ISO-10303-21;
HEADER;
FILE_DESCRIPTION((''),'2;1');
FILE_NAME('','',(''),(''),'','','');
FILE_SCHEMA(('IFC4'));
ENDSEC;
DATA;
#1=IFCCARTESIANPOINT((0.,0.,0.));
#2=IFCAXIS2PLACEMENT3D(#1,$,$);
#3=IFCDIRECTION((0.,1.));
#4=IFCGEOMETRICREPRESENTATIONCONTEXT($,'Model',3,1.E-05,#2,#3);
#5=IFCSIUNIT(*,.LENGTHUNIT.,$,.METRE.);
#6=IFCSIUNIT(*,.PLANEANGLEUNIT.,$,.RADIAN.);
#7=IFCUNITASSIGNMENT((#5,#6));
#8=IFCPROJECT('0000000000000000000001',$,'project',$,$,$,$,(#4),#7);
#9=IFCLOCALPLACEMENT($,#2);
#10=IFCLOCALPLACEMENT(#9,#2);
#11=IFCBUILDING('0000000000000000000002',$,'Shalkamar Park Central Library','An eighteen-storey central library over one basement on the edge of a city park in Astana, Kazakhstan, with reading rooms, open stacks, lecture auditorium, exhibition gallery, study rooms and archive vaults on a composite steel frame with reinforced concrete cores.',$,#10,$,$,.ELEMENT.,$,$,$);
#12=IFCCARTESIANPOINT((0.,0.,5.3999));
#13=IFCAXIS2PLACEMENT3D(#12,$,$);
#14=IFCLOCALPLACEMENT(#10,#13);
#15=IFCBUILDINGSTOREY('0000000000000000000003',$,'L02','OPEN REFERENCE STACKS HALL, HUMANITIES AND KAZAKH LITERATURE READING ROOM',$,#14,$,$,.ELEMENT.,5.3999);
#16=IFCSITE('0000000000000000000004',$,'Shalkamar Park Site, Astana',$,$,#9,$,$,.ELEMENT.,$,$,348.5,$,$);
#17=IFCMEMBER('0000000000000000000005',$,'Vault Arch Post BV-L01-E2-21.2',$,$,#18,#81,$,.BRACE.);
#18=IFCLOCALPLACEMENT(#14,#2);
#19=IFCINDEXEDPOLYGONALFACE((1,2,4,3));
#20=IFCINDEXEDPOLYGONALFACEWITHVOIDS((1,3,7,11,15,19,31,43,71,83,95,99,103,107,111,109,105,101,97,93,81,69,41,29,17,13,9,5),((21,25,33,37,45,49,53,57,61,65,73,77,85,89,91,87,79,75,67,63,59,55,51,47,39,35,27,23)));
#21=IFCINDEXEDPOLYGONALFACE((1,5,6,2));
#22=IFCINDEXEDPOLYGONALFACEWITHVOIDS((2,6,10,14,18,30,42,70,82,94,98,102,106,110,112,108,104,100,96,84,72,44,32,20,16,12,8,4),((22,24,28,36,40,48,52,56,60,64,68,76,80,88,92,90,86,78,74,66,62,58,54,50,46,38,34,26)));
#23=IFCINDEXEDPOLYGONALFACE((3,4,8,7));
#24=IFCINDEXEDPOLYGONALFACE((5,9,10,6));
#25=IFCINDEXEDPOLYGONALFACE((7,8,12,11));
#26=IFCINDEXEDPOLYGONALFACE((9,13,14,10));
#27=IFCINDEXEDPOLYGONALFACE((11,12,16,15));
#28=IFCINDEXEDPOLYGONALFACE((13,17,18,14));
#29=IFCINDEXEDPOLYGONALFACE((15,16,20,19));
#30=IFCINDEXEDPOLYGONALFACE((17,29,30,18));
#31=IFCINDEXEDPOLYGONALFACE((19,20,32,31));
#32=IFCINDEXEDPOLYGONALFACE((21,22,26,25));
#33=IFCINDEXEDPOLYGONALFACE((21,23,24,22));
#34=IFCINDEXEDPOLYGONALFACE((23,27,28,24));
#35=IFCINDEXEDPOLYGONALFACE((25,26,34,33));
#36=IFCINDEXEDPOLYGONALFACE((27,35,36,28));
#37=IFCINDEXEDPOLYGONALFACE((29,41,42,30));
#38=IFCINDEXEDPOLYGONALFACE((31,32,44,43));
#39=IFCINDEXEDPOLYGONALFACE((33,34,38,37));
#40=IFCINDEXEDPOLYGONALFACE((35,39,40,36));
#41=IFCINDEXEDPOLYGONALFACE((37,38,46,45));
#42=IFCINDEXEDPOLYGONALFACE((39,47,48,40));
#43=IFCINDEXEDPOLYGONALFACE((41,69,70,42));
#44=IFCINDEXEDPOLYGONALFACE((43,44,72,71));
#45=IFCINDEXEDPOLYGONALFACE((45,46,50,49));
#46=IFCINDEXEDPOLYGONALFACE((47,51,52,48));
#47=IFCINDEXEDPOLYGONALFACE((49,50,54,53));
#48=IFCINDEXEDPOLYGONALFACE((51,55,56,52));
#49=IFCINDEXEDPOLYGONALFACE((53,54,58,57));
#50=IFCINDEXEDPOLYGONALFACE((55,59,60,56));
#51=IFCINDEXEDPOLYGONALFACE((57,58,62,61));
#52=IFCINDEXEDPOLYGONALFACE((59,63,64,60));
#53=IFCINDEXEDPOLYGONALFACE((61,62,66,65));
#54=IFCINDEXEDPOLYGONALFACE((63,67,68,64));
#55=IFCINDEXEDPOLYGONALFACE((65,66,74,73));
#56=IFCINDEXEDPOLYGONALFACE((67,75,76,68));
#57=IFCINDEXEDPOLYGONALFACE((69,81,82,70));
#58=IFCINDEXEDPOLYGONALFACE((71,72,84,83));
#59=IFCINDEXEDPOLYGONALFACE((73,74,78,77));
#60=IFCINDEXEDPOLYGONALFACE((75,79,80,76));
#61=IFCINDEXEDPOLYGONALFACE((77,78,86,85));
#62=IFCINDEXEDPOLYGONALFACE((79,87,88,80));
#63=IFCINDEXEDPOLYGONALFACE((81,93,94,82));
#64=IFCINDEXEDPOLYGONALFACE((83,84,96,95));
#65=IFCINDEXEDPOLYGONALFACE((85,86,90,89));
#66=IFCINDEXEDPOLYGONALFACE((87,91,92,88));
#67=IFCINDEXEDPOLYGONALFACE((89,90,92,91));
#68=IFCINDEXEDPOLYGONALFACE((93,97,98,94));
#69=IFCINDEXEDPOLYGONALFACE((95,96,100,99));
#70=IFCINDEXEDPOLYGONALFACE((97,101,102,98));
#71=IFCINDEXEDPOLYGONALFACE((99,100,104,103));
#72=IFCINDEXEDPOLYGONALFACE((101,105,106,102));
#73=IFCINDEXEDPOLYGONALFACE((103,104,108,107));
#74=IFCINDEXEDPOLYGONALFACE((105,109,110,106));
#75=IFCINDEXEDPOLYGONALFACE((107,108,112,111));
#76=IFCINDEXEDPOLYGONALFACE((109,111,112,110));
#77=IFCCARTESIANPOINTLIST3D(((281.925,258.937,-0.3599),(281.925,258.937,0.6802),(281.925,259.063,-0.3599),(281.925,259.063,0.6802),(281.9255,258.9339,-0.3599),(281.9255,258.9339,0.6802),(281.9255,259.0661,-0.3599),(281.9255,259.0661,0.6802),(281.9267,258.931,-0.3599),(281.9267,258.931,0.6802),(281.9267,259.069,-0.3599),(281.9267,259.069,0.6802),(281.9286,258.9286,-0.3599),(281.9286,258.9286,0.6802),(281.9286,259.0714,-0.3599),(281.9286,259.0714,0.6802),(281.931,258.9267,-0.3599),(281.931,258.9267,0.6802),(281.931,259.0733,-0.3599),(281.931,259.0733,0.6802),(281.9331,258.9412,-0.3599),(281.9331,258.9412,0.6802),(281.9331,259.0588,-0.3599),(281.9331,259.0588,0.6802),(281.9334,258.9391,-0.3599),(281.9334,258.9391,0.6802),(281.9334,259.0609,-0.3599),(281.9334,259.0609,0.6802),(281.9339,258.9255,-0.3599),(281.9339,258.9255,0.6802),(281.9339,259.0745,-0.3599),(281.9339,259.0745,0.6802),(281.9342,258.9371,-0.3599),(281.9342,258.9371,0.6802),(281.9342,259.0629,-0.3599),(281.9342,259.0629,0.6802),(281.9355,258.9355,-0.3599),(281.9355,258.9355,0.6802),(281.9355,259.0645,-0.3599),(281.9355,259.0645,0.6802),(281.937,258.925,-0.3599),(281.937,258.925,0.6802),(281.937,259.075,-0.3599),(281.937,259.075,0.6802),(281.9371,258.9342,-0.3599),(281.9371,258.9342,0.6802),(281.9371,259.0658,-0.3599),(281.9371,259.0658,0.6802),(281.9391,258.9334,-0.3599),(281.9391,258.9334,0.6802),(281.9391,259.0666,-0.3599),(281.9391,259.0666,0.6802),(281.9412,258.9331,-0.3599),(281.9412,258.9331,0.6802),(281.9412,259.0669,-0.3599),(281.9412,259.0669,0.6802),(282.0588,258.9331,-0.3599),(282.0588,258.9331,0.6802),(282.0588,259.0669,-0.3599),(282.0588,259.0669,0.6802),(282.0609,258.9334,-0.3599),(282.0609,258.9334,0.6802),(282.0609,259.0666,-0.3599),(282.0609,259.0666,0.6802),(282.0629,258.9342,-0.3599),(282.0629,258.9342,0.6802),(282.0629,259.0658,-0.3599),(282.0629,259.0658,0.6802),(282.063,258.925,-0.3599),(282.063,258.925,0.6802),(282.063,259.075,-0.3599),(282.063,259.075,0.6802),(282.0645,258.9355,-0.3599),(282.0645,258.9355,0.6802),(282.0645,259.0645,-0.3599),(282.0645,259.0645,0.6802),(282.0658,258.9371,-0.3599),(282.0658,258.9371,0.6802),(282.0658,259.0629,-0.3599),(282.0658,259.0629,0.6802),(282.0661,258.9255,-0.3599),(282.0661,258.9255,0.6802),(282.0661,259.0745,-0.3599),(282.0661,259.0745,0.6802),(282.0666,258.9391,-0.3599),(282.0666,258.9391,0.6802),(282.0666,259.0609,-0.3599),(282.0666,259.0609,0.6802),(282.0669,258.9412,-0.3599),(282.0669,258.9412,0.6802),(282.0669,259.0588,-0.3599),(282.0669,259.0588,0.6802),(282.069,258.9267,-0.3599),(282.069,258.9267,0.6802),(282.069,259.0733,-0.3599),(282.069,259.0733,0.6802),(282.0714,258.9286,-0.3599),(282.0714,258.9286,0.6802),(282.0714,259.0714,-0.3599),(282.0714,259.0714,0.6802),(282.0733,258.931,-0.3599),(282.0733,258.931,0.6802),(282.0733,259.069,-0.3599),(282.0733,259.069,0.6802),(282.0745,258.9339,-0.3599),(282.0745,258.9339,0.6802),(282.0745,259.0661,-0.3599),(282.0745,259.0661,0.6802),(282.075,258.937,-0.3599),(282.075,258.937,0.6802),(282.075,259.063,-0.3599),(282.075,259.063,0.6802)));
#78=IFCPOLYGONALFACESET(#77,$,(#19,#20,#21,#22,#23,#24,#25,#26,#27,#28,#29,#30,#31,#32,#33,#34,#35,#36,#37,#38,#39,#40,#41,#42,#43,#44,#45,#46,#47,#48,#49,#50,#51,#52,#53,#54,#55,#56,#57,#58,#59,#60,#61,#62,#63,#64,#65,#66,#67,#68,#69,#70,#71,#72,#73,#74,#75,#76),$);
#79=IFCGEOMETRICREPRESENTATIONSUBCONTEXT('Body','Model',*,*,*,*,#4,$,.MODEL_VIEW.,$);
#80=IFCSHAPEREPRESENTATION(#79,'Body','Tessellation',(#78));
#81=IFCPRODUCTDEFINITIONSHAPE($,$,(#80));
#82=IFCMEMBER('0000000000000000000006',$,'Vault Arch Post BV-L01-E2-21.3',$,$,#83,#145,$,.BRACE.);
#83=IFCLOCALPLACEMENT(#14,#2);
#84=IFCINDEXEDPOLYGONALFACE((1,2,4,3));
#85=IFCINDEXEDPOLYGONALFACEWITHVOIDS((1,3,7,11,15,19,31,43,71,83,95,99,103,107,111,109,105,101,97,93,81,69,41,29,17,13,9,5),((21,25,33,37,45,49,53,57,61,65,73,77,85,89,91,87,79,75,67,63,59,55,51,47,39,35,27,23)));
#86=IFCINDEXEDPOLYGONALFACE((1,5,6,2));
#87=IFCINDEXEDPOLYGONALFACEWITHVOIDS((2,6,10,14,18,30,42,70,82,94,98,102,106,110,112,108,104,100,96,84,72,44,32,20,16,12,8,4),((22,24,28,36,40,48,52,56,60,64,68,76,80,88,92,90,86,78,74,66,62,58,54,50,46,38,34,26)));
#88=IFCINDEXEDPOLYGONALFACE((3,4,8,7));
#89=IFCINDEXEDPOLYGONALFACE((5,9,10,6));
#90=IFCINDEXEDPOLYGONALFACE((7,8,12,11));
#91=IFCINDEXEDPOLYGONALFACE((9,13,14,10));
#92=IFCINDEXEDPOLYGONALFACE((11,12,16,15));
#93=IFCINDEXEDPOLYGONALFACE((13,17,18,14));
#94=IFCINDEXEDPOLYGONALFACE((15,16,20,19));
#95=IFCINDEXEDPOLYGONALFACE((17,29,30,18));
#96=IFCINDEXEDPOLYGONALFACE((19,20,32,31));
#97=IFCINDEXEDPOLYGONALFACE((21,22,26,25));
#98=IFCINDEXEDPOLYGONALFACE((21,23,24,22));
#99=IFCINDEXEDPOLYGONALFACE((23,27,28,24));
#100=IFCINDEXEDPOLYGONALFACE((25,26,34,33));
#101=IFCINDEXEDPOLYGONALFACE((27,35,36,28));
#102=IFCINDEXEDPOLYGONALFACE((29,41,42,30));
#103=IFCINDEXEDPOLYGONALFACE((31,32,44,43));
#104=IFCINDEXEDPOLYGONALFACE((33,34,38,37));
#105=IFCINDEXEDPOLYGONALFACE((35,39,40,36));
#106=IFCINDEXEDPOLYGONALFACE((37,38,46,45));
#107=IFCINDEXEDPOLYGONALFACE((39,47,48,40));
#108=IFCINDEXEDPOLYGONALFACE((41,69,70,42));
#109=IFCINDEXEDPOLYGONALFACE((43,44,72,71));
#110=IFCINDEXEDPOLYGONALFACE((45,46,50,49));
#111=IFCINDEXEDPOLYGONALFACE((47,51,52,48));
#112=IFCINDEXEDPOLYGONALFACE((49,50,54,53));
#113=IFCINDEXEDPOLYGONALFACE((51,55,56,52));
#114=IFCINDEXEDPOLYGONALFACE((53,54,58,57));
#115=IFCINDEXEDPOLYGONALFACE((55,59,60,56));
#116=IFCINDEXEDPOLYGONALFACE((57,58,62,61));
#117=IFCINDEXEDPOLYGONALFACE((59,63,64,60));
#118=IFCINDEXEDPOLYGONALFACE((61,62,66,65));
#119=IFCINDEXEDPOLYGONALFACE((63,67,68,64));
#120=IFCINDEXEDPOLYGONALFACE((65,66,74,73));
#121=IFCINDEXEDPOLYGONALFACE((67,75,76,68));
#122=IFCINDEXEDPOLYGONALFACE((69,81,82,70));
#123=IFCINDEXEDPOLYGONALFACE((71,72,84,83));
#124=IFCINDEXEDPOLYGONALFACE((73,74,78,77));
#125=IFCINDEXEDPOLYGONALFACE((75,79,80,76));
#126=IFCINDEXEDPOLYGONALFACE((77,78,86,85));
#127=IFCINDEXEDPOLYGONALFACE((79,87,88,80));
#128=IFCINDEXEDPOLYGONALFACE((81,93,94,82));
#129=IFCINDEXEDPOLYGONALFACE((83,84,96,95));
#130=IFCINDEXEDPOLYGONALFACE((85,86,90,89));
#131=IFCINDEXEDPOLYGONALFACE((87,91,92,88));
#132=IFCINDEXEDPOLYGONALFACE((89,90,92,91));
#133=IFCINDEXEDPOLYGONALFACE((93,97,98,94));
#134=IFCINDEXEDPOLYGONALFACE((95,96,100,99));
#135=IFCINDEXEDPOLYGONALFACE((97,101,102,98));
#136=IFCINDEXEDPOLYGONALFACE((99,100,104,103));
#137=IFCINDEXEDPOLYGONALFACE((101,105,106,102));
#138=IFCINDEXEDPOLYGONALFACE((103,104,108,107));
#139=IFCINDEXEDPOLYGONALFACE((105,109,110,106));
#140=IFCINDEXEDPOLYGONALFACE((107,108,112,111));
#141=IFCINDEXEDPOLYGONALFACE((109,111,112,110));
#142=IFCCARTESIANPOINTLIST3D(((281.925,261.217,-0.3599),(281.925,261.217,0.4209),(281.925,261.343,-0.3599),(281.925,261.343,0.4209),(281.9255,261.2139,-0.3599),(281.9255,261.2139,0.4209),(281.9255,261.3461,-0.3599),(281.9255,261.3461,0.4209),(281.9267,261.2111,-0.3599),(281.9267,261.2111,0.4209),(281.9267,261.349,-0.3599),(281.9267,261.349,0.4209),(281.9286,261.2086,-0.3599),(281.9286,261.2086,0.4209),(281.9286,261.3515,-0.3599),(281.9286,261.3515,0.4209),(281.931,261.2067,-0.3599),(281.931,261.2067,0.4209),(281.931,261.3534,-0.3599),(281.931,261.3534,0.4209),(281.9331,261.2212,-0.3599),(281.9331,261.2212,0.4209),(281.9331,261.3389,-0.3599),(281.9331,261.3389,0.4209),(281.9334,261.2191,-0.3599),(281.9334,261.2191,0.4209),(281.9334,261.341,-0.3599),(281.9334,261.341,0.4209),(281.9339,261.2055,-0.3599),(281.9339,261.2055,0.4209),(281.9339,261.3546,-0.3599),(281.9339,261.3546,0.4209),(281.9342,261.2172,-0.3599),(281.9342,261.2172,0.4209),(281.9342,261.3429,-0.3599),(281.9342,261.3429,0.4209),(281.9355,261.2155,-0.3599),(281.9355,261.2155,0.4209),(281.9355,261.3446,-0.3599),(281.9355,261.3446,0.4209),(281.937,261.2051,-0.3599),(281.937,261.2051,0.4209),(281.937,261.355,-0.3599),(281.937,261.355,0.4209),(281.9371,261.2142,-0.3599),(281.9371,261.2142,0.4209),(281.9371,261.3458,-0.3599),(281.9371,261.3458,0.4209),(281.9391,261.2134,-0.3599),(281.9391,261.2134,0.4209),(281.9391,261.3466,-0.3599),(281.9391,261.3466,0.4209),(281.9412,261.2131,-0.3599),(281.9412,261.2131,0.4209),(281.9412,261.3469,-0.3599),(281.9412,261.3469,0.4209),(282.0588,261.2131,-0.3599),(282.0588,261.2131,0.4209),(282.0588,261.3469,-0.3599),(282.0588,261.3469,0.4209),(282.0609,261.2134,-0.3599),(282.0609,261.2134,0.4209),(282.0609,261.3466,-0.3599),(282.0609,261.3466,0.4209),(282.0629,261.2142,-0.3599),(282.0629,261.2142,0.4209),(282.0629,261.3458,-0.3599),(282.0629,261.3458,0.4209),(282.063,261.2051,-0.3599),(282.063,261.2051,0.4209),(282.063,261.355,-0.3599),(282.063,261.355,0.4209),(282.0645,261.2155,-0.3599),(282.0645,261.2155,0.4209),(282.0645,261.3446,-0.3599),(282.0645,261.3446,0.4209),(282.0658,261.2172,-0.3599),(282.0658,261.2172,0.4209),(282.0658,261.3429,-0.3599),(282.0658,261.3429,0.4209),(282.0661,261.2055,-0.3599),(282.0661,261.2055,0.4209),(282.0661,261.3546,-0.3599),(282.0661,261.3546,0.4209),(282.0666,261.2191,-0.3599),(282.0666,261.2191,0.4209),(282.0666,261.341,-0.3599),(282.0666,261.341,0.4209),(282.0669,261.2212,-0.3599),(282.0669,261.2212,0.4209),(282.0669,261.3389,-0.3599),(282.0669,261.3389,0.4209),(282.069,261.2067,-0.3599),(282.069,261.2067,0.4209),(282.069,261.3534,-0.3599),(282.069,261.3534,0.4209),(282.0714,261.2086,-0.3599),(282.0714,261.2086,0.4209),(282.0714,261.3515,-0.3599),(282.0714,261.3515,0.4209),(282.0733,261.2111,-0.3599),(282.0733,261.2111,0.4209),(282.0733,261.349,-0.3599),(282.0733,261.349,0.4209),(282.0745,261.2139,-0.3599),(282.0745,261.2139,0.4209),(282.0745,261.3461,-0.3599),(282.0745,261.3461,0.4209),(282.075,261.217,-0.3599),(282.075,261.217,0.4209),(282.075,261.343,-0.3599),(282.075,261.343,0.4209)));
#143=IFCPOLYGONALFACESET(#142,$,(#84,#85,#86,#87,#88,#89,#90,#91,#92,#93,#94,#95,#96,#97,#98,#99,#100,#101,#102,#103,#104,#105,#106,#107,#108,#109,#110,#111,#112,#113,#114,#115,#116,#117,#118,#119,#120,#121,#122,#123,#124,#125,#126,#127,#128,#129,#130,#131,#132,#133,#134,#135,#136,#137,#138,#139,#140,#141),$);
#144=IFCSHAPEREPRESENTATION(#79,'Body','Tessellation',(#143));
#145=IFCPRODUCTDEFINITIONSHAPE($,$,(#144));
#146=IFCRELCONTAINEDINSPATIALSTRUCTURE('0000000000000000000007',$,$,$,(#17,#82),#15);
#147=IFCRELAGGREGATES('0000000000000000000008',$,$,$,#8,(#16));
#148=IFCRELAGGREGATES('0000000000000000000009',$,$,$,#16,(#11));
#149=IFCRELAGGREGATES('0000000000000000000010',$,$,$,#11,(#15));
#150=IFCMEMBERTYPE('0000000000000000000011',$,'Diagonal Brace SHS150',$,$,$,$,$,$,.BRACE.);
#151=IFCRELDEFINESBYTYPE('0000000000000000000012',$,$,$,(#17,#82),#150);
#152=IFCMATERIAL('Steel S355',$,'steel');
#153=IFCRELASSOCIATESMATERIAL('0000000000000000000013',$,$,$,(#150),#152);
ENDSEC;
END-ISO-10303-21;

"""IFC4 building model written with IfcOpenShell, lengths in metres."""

from ifc_helpers import new_model, si_unit, direction, frame, origin, origin_2d, place, context, subcontext, project, spatial, hollow_rectangle, extrude, material, material_profile, profile_set, type_object, element, save


model = new_model("IFC4")

# Units and contexts
model_context = context("Model", 3, precision=1e-05, world=origin(), true_north=direction((0.0, 1.0)))
body_context = subcontext(model_context, "Body", "Model", "MODEL_VIEW")
ifc_project = project(units=[si_unit("LENGTHUNIT", "METRE"), si_unit("PLANEANGLEUNIT", "RADIAN")], contexts=[model_context])

# Site, building, storey
site_placement = place(None, origin())
site = spatial("IfcSite", under=ifc_project, at=site_placement, Name="Shalkamar Park Site, Astana", CompositionType="ELEMENT", RefElevation=348.5)
building_placement = place(site_placement, origin())
building = spatial("IfcBuilding", under=site, at=building_placement, Name="Shalkamar Park Central Library", Description="An eighteen-storey central library over one basement on the edge of a city park in Astana, Kazakhstan, with reading rooms, open stacks, lecture auditorium, exhibition gallery, study rooms and archive vaults on a composite steel frame with reinforced concrete cores.", CompositionType="ELEMENT")
storey_placement = place(building_placement, frame((0.0, 0.0, 5.3999)))
storey = spatial("IfcBuildingStorey", under=building, at=storey_placement, Name="L02", Description="OPEN REFERENCE STACKS HALL, HUMANITIES AND KAZAKH LITERATURE READING ROOM", CompositionType="ELEMENT", Elevation=5.3999)

# Shared definitions
ifc_material_1 = material(Name="Steel S355", Category="steel")

# Members
ifc_material_profile_1 = material_profile(ifc_material_1, hollow_rectangle(XDim=0.1499, YDim=0.1499, WallThickness=0.0081, InnerFilletRadius=0.0081, OuterFilletRadius=0.012, at=origin_2d()), Name="SHS 150x150x8")
ifc_profile_set_1 = profile_set([ifc_material_profile_1], Name="Steel S355")
member_type_1 = type_object("IfcMemberType", Name="Diagonal Brace SHS150", PredefinedType="BRACE", material=ifc_profile_set_1)
member_1_placement = place(storey_placement, frame((282.0, 259.0, -0.3599), z_axis=(0.0, 0.0, 1.0), x_axis=(1.0, 0.0, 0.0)))
element("IfcMember", 1, at=member_1_placement, inside=storey, type_object=member_type_1, Name="Vault Arch Post BV-L01-E2-21.2", PredefinedType="BRACE", context=body_context, shape_type="SweptSolid", body=[
    extrude(hollow_rectangle(XDim=0.1499, YDim=0.1499, WallThickness=0.0081, InnerFilletRadius=0.0081, OuterFilletRadius=0.012, at=origin_2d()), origin(), (0.0, 0.0, 1.0), 1.04),
])
member_2_placement = place(storey_placement, frame((282.0, 261.28, -0.3599), z_axis=(0.0, 0.0, 1.0), x_axis=(1.0, 0.0, 0.0)))
element("IfcMember", 2, at=member_2_placement, inside=storey, type_object=member_type_1, Name="Vault Arch Post BV-L01-E2-21.3", PredefinedType="BRACE", context=body_context, shape_type="SweptSolid", body=[
    extrude(hollow_rectangle(XDim=0.1499, YDim=0.1499, WallThickness=0.0081, InnerFilletRadius=0.0081, OuterFilletRadius=0.012, at=origin_2d()), origin(), (0.0, 0.0, 1.0), 0.7808),
])

save(model, "model.ifc")
